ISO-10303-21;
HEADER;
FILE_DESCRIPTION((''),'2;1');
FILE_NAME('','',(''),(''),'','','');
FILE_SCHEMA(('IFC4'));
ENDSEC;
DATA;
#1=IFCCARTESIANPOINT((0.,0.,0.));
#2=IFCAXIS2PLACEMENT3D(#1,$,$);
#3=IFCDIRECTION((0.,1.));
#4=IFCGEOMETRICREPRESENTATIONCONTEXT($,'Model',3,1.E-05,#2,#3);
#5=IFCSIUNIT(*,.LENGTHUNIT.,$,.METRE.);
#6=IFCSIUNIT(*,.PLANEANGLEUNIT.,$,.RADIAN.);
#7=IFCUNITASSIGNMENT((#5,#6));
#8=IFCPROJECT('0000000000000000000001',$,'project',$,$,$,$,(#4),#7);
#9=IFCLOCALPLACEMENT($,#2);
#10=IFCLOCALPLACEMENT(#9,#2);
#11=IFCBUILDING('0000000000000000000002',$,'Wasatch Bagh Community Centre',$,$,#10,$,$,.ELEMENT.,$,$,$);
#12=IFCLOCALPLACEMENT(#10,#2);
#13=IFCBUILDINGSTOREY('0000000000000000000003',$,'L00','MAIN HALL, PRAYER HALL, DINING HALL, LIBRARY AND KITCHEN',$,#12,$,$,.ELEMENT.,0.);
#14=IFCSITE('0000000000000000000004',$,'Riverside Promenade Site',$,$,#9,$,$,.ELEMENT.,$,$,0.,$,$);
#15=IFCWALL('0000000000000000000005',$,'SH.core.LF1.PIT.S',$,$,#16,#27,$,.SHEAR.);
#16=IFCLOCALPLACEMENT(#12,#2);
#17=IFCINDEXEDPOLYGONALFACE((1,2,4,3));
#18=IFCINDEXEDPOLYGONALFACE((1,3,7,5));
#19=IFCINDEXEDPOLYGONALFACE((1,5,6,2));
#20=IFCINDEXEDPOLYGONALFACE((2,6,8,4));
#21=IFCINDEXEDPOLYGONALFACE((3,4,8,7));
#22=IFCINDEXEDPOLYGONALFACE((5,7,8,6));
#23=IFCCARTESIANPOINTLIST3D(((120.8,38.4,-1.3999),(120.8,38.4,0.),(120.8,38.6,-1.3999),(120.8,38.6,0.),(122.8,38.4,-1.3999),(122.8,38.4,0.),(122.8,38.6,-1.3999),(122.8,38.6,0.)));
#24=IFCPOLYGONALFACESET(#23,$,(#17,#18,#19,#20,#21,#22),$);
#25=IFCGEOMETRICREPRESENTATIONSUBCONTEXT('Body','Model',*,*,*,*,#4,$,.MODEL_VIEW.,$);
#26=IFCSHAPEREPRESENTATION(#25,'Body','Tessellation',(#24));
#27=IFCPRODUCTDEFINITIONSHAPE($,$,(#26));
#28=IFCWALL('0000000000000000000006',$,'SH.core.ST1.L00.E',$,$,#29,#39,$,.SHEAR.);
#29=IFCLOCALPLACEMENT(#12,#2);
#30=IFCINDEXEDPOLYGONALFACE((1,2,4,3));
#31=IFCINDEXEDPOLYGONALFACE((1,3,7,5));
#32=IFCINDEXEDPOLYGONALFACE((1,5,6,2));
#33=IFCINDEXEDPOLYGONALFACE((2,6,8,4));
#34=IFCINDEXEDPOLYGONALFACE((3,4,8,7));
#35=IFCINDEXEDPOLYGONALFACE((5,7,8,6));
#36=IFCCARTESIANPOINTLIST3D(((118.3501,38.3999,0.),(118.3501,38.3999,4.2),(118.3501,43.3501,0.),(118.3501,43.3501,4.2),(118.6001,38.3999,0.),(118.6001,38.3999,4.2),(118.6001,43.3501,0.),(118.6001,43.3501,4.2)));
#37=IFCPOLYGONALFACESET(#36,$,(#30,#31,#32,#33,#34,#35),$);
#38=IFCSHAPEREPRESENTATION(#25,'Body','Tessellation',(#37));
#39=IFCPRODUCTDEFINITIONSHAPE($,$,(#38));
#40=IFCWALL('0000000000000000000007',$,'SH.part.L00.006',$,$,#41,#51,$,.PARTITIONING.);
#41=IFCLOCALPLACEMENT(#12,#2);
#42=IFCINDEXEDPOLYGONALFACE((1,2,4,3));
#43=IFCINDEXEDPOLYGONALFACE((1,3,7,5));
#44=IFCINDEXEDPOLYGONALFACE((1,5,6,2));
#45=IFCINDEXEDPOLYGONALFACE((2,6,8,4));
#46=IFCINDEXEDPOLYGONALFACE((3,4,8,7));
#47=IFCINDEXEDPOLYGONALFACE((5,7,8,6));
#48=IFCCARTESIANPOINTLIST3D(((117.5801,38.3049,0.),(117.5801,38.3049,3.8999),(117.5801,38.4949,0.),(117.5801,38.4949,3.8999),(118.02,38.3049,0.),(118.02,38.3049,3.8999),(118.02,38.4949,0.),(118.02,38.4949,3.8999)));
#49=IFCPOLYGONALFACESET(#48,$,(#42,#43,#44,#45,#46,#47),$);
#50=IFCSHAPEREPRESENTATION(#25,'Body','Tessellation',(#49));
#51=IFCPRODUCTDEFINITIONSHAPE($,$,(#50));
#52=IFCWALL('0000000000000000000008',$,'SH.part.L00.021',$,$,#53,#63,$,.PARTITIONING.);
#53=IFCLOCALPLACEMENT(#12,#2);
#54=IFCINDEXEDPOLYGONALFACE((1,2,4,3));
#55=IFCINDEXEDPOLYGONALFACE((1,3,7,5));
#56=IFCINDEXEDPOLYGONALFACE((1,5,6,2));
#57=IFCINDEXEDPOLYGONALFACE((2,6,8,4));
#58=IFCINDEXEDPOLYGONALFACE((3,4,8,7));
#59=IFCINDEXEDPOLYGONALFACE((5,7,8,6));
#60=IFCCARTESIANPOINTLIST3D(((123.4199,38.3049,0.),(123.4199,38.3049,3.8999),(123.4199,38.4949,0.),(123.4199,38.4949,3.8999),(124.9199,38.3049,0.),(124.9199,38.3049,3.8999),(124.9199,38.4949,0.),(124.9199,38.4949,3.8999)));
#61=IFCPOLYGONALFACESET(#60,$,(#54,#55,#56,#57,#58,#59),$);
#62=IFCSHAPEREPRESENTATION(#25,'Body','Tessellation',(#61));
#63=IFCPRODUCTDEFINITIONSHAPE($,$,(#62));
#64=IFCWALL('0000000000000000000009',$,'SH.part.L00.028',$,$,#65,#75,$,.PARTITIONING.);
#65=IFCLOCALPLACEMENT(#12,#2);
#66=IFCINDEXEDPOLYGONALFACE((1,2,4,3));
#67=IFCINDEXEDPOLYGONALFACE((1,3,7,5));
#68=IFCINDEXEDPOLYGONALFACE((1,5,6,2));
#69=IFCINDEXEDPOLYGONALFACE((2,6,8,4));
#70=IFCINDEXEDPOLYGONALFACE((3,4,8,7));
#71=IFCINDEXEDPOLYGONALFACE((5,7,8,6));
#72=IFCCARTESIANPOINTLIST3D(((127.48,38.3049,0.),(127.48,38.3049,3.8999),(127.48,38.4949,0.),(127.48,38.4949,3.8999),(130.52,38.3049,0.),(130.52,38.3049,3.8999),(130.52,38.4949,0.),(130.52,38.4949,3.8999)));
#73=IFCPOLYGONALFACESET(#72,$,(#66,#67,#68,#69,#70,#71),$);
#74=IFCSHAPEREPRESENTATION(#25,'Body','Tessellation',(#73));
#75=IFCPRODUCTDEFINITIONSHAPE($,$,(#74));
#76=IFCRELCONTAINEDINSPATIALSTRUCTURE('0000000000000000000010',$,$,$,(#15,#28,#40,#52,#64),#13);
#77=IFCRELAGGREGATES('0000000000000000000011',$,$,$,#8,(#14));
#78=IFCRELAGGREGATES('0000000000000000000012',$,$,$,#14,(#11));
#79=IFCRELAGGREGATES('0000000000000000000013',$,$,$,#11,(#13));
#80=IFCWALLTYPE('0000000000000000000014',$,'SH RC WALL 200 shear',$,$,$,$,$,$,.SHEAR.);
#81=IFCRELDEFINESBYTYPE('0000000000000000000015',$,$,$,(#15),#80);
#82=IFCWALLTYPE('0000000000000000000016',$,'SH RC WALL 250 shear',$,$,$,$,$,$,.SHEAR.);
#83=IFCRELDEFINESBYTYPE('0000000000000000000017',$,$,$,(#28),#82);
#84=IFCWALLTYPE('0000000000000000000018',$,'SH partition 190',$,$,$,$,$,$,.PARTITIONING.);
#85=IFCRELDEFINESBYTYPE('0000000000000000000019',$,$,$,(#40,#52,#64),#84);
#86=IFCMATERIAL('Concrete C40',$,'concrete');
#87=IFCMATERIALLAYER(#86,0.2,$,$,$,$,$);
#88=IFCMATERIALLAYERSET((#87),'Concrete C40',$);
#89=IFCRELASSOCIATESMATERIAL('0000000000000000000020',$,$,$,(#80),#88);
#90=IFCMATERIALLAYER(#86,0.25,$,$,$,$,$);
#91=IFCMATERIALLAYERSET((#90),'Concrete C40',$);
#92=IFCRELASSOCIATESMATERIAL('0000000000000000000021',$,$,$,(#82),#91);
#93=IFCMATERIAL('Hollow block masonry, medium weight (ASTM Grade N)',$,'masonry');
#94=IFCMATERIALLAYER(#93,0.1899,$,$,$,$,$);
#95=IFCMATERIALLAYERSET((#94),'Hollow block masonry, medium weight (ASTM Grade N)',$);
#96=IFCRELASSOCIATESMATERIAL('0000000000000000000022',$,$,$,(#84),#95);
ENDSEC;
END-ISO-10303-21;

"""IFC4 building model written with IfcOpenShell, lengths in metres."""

from ifc_helpers import new_model, si_unit, direction, frame, frame_2d, origin, place, context, subcontext, project, spatial, rectangle, extrude, material, layer, layer_set, type_object, element, save


model = new_model("IFC4")

# Units and contexts
model_context = context("Model", 3, precision=1e-05, world=origin(), true_north=direction((0.0, 1.0)))
body_context = subcontext(model_context, "Body", "Model", "MODEL_VIEW")
ifc_project = project(units=[si_unit("LENGTHUNIT", "METRE"), si_unit("PLANEANGLEUNIT", "RADIAN")], contexts=[model_context])

# Site, building, storey
site_placement = place(None, origin())
site = spatial("IfcSite", under=ifc_project, at=site_placement, Name="Riverside Promenade Site", CompositionType="ELEMENT", RefElevation=0.0)
building_placement = place(site_placement, origin())
building = spatial("IfcBuilding", under=site, at=building_placement, Name="Wasatch Bagh Community Centre", CompositionType="ELEMENT")
storey_placement = place(building_placement, origin())
storey = spatial("IfcBuildingStorey", under=building, at=storey_placement, Name="L00", Description="MAIN HALL, PRAYER HALL, DINING HALL, LIBRARY AND KITCHEN", CompositionType="ELEMENT", Elevation=0.0)

# Walls
ifc_material_1 = material(Name="Concrete C40", Category="concrete")
ifc_layer_1 = layer(ifc_material_1, 0.2)
ifc_layer_set_1 = layer_set([ifc_layer_1], Name="Concrete C40")
wall_type_1 = type_object("IfcWallType", Name="SH RC WALL 200 shear", PredefinedType="SHEAR", material=ifc_layer_set_1)
wall_1_placement = place(storey_placement, frame((120.8, 38.5, -1.3999), z_axis=(0.0, 0.0, 1.0), x_axis=(1.0, 0.0, 0.0)))
element("IfcWall", 1, at=wall_1_placement, inside=storey, type_object=wall_type_1, Name="SH.core.LF1.PIT.S", PredefinedType="SHEAR", context=body_context, shape_type="SweptSolid", body=[
    extrude(rectangle(XDim=2.0, YDim=0.2, at=frame_2d((1.0, 0.0))), origin(), (0.0, 0.0, 1.0), 1.3999),
])
ifc_layer_2 = layer(ifc_material_1, 0.25)
ifc_layer_set_2 = layer_set([ifc_layer_2], Name="Concrete C40")
wall_type_2 = type_object("IfcWallType", Name="SH RC WALL 250 shear", PredefinedType="SHEAR", material=ifc_layer_set_2)
wall_2_placement = place(storey_placement, frame((118.4751, 38.3999, 0.0), z_axis=(0.0, 0.0, 1.0), x_axis=(0.0, 1.0, 0.0)))
element("IfcWall", 2, at=wall_2_placement, inside=storey, type_object=wall_type_2, Name="SH.core.ST1.L00.E", PredefinedType="SHEAR", context=body_context, shape_type="SweptSolid", body=[
    extrude(rectangle(XDim=4.9502, YDim=0.25, at=frame_2d((2.4751, 0.0))), origin(), (0.0, 0.0, 1.0), 4.2),
])

# Walls
ifc_material_2 = material(Name="Hollow block masonry, medium weight (ASTM Grade N)", Category="masonry")
ifc_layer_3 = layer(ifc_material_2, 0.1899)
ifc_layer_set_3 = layer_set([ifc_layer_3], Name="Hollow block masonry, medium weight (ASTM Grade N)")
wall_type_3 = type_object("IfcWallType", Name="SH partition 190", PredefinedType="PARTITIONING", material=ifc_layer_set_3)
wall_3_placement = place(storey_placement, frame((117.5801, 38.3999, 0.0), z_axis=(0.0, 0.0, 1.0), x_axis=(1.0, 0.0, 0.0)))
element("IfcWall", 3, at=wall_3_placement, inside=storey, type_object=wall_type_3, Name="SH.part.L00.006", PredefinedType="PARTITIONING", context=body_context, shape_type="SweptSolid", body=[
    extrude(rectangle(XDim=0.4399, YDim=0.1899, at=frame_2d((0.22, 0.0))), origin(), (0.0, 0.0, 1.0), 3.8999),
])
wall_4_placement = place(storey_placement, frame((123.4199, 38.3999, 0.0), z_axis=(0.0, 0.0, 1.0), x_axis=(1.0, 0.0, 0.0)))
element("IfcWall", 4, at=wall_4_placement, inside=storey, type_object=wall_type_3, Name="SH.part.L00.021", PredefinedType="PARTITIONING", context=body_context, shape_type="SweptSolid", body=[
    extrude(rectangle(XDim=1.5, YDim=0.1899, at=frame_2d((0.75, 0.0))), origin(), (0.0, 0.0, 1.0), 3.8999),
])
wall_5_placement = place(storey_placement, frame((127.48, 38.3999, 0.0), z_axis=(0.0, 0.0, 1.0), x_axis=(1.0, 0.0, 0.0)))
element("IfcWall", 5, at=wall_5_placement, inside=storey, type_object=wall_type_3, Name="SH.part.L00.028", PredefinedType="PARTITIONING", context=body_context, shape_type="SweptSolid", body=[
    extrude(rectangle(XDim=3.04, YDim=0.1899, at=frame_2d((1.52, 0.0))), origin(), (0.0, 0.0, 1.0), 3.8999),
])

save(model, "model.ifc")
